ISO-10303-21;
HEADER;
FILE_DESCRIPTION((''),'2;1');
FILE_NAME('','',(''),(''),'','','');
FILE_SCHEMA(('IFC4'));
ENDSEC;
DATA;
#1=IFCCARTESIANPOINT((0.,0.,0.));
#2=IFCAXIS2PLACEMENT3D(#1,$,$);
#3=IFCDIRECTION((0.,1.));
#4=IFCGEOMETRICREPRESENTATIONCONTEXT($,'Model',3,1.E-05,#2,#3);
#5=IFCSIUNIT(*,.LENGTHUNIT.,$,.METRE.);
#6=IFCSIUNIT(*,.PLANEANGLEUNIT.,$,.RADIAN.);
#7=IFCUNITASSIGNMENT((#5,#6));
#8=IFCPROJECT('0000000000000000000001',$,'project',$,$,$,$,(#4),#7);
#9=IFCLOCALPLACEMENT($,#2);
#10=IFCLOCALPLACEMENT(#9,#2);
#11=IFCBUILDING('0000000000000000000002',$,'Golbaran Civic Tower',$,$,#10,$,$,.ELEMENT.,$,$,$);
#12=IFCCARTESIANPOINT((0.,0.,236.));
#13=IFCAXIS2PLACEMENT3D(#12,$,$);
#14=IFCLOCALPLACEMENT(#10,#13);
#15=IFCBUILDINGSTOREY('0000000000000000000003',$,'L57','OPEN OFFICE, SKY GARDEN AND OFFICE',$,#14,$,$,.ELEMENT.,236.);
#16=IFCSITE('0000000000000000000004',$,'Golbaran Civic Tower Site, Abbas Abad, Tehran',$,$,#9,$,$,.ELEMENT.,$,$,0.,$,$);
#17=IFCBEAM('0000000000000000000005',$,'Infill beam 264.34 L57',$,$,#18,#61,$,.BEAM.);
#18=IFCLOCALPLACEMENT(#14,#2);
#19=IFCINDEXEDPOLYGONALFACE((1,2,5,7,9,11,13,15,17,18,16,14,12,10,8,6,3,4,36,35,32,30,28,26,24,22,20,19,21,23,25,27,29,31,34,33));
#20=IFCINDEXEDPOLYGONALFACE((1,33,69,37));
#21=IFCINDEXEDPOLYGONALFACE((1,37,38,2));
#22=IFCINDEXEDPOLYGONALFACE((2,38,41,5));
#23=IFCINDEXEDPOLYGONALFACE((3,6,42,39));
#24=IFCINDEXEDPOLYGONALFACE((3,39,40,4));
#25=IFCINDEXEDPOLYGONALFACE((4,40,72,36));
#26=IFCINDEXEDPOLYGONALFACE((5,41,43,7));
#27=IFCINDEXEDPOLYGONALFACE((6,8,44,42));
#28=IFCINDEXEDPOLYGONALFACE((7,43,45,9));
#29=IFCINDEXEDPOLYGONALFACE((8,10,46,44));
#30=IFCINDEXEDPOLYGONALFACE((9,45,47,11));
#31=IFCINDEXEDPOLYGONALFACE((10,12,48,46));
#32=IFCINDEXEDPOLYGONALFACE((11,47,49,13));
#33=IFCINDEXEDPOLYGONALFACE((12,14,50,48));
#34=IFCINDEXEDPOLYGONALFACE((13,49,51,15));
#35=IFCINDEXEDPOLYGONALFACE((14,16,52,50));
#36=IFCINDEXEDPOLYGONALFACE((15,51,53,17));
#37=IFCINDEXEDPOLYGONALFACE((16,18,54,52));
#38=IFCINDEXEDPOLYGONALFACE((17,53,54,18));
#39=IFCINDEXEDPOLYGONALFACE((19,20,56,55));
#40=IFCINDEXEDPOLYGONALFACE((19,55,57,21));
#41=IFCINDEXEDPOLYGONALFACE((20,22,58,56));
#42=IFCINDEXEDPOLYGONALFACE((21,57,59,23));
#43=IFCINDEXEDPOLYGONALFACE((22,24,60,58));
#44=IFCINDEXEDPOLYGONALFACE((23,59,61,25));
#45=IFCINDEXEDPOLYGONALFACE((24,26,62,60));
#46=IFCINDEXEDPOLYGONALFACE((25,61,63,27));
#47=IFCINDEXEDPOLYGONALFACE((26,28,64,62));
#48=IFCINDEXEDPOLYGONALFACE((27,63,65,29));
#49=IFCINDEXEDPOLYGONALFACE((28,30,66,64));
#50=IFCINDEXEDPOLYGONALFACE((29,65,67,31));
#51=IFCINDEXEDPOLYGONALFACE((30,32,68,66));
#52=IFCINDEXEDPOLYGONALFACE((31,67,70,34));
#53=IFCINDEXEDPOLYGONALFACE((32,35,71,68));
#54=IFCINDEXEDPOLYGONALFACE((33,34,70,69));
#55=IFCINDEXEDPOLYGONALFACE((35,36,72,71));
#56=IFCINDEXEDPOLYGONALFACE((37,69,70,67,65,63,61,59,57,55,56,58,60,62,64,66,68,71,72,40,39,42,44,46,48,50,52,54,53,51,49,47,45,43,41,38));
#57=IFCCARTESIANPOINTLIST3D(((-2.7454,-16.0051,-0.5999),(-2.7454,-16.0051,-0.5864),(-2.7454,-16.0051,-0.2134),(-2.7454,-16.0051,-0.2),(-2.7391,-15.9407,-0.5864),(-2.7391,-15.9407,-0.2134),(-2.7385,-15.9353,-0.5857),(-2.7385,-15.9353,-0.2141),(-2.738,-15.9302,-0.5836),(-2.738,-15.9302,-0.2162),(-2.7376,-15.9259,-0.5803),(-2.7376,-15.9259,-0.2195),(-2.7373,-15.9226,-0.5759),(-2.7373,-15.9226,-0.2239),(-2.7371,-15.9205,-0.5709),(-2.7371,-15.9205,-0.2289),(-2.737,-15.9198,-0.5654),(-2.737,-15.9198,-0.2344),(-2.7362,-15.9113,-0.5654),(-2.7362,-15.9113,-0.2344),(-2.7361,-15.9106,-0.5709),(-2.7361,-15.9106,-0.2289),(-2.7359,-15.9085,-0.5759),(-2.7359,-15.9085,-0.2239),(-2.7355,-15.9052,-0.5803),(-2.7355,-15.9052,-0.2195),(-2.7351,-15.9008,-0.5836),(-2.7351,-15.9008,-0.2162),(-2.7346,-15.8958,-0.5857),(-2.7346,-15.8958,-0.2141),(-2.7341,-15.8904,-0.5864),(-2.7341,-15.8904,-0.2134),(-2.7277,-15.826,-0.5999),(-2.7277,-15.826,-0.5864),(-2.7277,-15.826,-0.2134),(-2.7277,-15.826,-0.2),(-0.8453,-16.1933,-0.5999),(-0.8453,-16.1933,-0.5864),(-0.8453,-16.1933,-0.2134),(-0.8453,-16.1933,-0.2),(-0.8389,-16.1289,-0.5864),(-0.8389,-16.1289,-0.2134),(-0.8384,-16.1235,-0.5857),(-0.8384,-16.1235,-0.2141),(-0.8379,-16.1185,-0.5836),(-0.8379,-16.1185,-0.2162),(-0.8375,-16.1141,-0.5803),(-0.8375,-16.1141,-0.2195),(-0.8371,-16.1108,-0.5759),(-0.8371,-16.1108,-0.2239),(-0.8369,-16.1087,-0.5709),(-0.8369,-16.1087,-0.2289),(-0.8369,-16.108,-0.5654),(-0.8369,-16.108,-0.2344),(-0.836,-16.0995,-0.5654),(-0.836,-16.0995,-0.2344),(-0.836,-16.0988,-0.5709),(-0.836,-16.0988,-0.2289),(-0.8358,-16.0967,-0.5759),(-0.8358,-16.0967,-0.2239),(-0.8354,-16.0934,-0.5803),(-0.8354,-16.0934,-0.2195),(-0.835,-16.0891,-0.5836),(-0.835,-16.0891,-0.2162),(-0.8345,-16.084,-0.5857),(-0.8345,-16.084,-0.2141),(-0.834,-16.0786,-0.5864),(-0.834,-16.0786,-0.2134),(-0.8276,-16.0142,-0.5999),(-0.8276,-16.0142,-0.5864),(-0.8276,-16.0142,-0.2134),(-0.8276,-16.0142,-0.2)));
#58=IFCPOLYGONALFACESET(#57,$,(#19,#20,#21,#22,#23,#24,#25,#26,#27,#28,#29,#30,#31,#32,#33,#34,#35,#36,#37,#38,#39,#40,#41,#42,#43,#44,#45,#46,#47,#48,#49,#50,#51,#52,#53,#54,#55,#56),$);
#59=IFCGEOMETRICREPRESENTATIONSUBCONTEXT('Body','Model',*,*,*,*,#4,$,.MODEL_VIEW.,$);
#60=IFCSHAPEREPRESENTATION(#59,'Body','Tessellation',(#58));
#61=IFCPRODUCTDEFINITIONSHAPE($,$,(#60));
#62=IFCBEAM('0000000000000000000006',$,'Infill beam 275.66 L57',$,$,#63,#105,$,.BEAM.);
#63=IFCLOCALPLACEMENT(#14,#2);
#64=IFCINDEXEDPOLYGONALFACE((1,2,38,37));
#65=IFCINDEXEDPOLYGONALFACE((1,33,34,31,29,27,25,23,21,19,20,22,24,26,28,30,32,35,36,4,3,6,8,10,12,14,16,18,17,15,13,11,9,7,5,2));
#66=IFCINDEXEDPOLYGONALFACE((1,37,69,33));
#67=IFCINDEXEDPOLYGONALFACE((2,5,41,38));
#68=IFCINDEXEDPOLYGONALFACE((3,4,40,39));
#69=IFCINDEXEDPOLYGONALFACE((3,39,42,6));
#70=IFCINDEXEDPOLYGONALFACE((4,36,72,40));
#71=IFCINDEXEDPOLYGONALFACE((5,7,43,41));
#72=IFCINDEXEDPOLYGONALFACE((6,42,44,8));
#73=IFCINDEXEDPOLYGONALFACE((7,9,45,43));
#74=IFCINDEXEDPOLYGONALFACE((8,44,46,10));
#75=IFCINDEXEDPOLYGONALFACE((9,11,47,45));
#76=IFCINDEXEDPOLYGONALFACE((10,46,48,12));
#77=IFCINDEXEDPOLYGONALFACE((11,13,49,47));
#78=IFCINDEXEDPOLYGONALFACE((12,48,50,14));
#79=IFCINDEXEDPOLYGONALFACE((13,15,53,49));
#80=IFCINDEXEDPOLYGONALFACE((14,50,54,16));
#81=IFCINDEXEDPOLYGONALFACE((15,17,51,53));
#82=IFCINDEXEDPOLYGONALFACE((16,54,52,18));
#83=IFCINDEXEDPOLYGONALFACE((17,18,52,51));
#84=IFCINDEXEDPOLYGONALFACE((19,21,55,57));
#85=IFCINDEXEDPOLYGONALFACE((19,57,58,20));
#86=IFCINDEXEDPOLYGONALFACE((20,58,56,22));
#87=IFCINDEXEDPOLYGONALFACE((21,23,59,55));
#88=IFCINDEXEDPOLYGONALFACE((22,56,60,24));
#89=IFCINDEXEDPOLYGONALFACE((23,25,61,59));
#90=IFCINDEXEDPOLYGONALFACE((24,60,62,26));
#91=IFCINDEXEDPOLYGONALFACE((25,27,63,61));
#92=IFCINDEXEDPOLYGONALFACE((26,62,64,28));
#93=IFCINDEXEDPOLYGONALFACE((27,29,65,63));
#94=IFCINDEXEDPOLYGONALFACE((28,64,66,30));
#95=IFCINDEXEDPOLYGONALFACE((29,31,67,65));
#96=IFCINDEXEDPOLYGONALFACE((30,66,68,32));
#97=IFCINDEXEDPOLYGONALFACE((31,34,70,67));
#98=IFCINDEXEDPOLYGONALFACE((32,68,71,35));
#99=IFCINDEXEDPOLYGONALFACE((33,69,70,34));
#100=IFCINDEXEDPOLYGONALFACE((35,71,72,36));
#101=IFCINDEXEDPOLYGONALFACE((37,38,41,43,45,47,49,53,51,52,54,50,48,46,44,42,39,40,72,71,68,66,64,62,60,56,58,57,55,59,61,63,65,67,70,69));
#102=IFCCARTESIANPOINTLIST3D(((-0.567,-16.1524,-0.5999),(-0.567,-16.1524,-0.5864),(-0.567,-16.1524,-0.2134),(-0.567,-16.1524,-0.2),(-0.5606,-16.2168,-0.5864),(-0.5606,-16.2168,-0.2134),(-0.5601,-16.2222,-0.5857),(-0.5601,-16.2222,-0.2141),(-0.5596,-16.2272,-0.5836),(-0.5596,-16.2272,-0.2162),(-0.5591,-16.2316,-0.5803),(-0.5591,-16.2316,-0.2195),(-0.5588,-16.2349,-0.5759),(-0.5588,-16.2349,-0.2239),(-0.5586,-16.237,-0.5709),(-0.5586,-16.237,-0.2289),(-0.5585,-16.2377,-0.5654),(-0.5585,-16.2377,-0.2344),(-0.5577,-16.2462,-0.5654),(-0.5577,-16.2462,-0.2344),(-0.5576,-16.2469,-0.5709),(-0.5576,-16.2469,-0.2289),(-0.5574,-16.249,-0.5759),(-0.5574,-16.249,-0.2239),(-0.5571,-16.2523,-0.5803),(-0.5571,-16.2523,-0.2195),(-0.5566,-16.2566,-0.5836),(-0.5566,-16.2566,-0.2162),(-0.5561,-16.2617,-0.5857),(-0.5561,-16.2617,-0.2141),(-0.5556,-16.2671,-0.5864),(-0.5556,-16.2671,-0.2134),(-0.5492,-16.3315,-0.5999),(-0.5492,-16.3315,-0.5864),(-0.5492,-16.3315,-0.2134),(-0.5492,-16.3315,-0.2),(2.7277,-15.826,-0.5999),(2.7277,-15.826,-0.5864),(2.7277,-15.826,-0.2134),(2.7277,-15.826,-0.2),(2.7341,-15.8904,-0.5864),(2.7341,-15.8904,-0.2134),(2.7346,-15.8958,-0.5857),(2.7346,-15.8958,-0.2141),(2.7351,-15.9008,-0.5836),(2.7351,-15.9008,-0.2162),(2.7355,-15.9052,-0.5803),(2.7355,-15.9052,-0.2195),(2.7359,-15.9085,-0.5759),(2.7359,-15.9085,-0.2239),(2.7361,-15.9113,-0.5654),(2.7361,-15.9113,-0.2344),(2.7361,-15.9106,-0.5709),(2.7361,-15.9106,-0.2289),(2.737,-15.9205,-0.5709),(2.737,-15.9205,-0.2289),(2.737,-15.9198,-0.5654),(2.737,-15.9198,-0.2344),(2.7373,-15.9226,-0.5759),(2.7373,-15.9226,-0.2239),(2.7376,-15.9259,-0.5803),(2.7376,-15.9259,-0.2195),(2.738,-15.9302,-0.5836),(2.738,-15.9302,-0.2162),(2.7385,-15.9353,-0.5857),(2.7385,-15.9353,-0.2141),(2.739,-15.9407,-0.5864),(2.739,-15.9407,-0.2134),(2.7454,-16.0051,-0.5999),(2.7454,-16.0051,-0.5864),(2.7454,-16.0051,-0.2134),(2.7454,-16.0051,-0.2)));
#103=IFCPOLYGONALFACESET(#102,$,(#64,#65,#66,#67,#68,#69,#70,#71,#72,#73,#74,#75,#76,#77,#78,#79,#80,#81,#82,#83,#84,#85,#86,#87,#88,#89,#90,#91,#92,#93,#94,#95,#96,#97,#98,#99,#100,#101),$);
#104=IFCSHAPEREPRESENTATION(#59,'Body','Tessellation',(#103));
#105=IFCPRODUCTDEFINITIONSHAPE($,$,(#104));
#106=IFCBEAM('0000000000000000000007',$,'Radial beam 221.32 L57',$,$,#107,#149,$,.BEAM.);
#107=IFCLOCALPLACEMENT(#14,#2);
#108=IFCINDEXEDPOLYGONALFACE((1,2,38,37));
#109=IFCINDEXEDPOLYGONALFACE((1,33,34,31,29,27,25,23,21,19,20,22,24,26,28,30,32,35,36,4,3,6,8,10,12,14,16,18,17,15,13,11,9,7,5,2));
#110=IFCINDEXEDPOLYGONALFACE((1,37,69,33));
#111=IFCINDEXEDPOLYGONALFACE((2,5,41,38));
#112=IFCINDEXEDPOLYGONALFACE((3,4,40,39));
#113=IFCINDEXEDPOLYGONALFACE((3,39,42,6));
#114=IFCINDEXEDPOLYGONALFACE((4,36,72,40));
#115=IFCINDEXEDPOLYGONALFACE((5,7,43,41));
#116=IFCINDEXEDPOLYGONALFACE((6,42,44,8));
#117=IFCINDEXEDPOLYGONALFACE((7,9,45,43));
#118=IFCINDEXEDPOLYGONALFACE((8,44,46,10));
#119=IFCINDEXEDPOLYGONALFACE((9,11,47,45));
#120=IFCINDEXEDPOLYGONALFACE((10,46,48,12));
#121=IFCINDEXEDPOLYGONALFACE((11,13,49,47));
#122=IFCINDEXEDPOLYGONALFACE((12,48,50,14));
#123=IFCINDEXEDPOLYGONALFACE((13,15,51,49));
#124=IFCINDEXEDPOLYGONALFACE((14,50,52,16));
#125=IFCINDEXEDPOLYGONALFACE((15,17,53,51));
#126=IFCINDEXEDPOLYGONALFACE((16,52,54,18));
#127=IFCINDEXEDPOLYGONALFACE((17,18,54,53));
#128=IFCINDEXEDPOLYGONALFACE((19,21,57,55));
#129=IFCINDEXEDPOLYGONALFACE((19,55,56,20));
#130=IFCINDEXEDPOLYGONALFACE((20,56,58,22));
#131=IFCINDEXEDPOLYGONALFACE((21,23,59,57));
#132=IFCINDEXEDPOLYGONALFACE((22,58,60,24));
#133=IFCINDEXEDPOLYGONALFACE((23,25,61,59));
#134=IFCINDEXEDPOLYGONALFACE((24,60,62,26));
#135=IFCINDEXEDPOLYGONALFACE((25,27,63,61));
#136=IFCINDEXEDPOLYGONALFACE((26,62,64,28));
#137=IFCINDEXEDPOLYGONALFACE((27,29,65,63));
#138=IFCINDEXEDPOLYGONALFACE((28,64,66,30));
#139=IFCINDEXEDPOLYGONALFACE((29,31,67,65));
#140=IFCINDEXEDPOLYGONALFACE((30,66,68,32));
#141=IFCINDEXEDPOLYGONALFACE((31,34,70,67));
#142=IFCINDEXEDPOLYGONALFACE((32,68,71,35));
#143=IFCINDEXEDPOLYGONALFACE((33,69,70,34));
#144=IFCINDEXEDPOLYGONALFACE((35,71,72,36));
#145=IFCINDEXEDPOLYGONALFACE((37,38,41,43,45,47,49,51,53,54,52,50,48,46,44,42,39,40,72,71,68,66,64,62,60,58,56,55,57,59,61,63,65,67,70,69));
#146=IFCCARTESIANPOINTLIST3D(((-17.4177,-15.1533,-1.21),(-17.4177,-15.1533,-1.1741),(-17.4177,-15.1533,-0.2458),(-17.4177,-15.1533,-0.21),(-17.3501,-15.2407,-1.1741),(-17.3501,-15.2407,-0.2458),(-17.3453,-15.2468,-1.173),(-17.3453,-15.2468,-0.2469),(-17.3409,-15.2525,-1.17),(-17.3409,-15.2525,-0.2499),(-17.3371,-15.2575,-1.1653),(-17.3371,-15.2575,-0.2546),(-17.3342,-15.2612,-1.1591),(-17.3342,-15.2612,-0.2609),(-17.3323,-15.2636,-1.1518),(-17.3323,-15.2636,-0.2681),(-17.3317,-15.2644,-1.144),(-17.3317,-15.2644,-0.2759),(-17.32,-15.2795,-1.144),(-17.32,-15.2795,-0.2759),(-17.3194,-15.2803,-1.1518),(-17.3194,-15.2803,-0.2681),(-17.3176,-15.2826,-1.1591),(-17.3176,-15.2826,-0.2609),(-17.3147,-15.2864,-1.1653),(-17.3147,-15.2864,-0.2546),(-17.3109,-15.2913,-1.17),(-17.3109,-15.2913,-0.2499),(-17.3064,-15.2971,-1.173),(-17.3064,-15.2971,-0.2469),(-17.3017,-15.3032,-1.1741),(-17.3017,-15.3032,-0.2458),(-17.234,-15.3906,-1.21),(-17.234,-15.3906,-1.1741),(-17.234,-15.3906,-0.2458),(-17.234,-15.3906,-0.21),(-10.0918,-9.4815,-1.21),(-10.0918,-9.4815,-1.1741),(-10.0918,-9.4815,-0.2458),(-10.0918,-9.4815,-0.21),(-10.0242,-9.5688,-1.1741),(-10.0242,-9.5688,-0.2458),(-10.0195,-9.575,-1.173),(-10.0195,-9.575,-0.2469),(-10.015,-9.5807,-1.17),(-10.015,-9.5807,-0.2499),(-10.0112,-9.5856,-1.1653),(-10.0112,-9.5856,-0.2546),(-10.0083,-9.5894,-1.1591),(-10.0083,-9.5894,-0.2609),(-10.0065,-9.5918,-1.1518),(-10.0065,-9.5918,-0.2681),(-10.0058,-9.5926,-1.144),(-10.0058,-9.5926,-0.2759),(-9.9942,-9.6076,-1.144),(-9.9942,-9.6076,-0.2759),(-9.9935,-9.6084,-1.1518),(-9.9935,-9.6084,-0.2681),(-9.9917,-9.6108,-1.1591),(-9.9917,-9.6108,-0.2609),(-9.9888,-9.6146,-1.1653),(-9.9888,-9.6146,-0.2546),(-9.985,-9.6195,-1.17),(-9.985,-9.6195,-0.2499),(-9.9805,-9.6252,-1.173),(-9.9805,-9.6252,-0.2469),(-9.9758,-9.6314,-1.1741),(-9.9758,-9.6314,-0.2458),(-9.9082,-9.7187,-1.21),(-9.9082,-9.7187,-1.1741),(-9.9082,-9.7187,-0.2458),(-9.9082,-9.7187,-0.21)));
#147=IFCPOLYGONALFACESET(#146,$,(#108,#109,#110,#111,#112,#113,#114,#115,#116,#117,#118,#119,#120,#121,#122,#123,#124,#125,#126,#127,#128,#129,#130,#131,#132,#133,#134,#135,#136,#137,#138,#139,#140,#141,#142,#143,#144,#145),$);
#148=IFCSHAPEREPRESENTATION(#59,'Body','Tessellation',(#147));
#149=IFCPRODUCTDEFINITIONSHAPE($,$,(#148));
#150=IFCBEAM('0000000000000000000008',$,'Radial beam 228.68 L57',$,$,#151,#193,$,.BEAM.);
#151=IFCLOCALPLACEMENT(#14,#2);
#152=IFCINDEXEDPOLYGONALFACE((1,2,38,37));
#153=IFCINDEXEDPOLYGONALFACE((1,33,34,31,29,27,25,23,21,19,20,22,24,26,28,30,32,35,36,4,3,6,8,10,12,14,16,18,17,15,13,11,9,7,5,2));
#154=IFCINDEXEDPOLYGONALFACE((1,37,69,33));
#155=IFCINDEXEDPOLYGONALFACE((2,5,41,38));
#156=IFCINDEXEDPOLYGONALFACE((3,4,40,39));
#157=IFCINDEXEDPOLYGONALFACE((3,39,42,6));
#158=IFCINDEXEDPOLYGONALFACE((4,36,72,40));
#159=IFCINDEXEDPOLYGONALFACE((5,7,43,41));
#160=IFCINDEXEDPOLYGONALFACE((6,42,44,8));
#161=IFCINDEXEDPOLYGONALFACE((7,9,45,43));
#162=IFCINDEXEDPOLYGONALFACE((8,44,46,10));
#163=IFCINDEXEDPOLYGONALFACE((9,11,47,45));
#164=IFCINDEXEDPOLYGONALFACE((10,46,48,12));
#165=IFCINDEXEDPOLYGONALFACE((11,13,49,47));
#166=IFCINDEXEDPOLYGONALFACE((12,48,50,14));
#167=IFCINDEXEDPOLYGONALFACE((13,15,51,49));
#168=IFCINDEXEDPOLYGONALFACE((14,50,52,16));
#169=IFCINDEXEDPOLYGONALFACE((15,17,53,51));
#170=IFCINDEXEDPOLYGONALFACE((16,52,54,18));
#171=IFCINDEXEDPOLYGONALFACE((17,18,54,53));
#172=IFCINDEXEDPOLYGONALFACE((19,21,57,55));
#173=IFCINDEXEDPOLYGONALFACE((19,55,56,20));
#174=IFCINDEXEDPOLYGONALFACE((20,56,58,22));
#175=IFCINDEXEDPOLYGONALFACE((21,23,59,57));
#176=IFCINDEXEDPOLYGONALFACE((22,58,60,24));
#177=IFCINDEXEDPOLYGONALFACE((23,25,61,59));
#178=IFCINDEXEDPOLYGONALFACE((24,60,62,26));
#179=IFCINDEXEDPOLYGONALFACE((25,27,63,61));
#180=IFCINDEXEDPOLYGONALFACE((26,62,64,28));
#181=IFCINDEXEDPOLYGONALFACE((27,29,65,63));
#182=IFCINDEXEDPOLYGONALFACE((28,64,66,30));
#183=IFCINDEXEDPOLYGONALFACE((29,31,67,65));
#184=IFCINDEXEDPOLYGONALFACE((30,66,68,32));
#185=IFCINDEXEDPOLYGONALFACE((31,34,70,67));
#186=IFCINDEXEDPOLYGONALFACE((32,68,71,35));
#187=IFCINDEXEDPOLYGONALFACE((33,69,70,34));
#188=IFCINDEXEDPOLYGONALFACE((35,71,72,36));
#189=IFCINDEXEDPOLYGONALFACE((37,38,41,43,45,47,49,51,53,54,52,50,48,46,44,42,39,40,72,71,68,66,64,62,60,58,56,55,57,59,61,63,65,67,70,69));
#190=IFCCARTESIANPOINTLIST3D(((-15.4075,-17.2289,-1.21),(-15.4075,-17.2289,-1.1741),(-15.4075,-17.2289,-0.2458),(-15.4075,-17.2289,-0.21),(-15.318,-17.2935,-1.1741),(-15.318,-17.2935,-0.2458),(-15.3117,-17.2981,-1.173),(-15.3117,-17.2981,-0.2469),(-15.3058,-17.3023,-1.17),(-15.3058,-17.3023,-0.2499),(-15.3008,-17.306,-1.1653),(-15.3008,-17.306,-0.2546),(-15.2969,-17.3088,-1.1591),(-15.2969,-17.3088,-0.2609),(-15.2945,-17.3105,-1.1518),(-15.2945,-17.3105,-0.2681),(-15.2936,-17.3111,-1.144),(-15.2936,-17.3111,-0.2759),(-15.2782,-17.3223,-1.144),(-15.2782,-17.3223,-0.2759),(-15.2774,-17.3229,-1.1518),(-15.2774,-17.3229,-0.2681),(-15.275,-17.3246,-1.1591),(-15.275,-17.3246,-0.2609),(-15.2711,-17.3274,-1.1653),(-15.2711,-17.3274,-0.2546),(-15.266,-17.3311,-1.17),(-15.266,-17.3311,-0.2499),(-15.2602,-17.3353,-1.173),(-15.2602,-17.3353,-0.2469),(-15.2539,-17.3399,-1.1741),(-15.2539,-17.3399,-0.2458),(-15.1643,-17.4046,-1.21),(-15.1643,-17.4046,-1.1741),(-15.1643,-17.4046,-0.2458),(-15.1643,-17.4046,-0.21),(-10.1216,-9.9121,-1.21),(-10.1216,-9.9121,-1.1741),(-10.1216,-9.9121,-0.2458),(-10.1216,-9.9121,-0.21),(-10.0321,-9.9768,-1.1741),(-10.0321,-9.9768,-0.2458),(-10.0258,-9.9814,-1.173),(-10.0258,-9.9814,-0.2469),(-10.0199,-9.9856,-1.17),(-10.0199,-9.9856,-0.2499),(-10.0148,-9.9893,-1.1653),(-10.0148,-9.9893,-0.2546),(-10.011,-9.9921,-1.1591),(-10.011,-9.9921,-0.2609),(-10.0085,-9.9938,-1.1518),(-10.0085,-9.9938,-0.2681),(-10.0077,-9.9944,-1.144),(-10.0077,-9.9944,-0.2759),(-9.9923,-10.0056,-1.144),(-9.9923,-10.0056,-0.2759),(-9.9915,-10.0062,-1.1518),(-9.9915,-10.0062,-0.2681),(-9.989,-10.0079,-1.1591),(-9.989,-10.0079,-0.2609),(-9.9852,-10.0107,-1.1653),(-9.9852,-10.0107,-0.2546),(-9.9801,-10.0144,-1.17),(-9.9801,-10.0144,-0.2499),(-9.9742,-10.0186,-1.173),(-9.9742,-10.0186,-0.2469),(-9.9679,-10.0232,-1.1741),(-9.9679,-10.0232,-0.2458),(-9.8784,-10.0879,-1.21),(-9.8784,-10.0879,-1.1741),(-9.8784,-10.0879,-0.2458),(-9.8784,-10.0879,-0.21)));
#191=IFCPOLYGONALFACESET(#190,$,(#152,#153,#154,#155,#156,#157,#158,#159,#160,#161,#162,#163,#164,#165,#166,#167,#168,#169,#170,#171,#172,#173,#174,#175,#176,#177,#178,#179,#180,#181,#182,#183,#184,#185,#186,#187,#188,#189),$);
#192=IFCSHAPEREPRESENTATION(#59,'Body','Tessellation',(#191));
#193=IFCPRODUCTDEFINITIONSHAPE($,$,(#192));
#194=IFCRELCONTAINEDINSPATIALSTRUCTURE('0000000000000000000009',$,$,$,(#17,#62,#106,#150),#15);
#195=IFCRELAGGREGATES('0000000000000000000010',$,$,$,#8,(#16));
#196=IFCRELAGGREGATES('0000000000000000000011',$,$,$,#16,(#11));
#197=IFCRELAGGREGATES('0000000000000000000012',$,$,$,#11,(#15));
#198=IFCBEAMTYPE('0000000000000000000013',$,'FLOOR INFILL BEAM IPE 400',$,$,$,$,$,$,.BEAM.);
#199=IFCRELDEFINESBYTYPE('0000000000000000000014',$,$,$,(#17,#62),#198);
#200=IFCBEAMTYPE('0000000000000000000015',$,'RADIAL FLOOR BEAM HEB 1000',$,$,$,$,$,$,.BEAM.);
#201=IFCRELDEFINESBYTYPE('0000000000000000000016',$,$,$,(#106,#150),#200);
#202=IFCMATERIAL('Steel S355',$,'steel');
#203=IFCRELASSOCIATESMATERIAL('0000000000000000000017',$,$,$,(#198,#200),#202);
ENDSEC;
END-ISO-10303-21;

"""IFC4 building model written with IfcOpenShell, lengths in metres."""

from ifc_helpers import new_model, si_unit, direction, frame, origin, origin_2d, place, context, subcontext, project, spatial, i_section, extrude, material, material_profile, profile_set, type_object, element, save


model = new_model("IFC4")

# Units and contexts
model_context = context("Model", 3, precision=1e-05, world=origin(), true_north=direction((0.0, 1.0)))
body_context = subcontext(model_context, "Body", "Model", "MODEL_VIEW")
ifc_project = project(units=[si_unit("LENGTHUNIT", "METRE"), si_unit("PLANEANGLEUNIT", "RADIAN")], contexts=[model_context])

# Site, building, storey
site_placement = place(None, origin())
site = spatial("IfcSite", under=ifc_project, at=site_placement, Name="Golbaran Civic Tower Site, Abbas Abad, Tehran", CompositionType="ELEMENT", RefElevation=0.0)
building_placement = place(site_placement, origin())
building = spatial("IfcBuilding", under=site, at=building_placement, Name="Golbaran Civic Tower", CompositionType="ELEMENT")
storey_placement = place(building_placement, frame((0.0, 0.0, 236.0)))
storey = spatial("IfcBuildingStorey", under=building, at=storey_placement, Name="L57", Description="OPEN OFFICE, SKY GARDEN AND OFFICE", CompositionType="ELEMENT", Elevation=236.0)

# Beams
ifc_material_1 = material(Name="Steel S355", Category="steel")
ifc_material_profile_1 = material_profile(ifc_material_1, i_section(OverallWidth=0.1799, OverallDepth=0.3999, WebThickness=0.0085, FlangeThickness=0.0134, FilletRadius=0.021, at=origin_2d()), Name="IPE 400")
ifc_profile_set_1 = profile_set([ifc_material_profile_1], Name="Steel S355")
beam_type_1 = type_object("IfcBeamType", Name="FLOOR INFILL BEAM IPE 400", PredefinedType="BEAM", material=ifc_profile_set_1)
beam_1_placement = place(storey_placement, frame((-2.7366, -15.9155, -0.3999), z_axis=(0.995129, -0.09858, 0.0), x_axis=(0.09858, 0.995129, 0.0)))
element("IfcBeam", 1, at=beam_1_placement, inside=storey, type_object=beam_type_1, Name="Infill beam 264.34 L57", PredefinedType="BEAM", context=body_context, shape_type="SweptSolid", body=[
    extrude(i_section(OverallWidth=0.1799, OverallDepth=0.3999, WebThickness=0.0085, FlangeThickness=0.0134, FilletRadius=0.021, at=origin_2d()), origin(), (0.0, 0.0, 1.0), 1.9094),
])
beam_2_placement = place(storey_placement, frame((-0.5581, -16.2419, -0.3999), z_axis=(0.995128, 0.098591, 0.0), x_axis=(-0.098591, 0.995128, 0.0)))
element("IfcBeam", 2, at=beam_2_placement, inside=storey, type_object=beam_type_1, Name="Infill beam 275.66 L57", PredefinedType="BEAM", context=body_context, shape_type="SweptSolid", body=[
    extrude(i_section(OverallWidth=0.1799, OverallDepth=0.3999, WebThickness=0.0085, FlangeThickness=0.0134, FilletRadius=0.021, at=origin_2d()), origin(), (0.0, 0.0, 1.0), 3.3108),
])
ifc_material_profile_2 = material_profile(ifc_material_1, i_section(OverallWidth=0.3, OverallDepth=1.0, WebThickness=0.019, FlangeThickness=0.0359, FilletRadius=0.03, at=origin_2d()), Name="HEB 1000")
ifc_profile_set_2 = profile_set([ifc_material_profile_2], Name="Steel S355")
beam_type_2 = type_object("IfcBeamType", Name="RADIAL FLOOR BEAM HEB 1000", PredefinedType="BEAM", material=ifc_profile_set_2)
beam_3_placement = place(storey_placement, frame((-10.0, -9.6001, -0.71), z_axis=(-0.790714, -0.612186, 0.0), x_axis=(0.612186, -0.790714, 0.0)))
element("IfcBeam", 3, at=beam_3_placement, inside=storey, type_object=beam_type_2, Name="Radial beam 221.32 L57", PredefinedType="BEAM", context=body_context, shape_type="SweptSolid", body=[
    extrude(i_section(OverallWidth=0.3, OverallDepth=1.0, WebThickness=0.019, FlangeThickness=0.0359, FilletRadius=0.03, at=origin_2d()), origin(), (0.0, 0.0, 1.0), 9.2649),
])
beam_4_placement = place(storey_placement, frame((-10.0, -10.0, -0.71), z_axis=(-0.58561, -0.810593, 0.0), x_axis=(0.810593, -0.58561, 0.0)))
element("IfcBeam", 4, at=beam_4_placement, inside=storey, type_object=beam_type_2, Name="Radial beam 228.68 L57", PredefinedType="BEAM", context=body_context, shape_type="SweptSolid", body=[
    extrude(i_section(OverallWidth=0.3, OverallDepth=1.0, WebThickness=0.019, FlangeThickness=0.0359, FilletRadius=0.03, at=origin_2d()), origin(), (0.0, 0.0, 1.0), 9.0264),
])

save(model, "model.ifc")
